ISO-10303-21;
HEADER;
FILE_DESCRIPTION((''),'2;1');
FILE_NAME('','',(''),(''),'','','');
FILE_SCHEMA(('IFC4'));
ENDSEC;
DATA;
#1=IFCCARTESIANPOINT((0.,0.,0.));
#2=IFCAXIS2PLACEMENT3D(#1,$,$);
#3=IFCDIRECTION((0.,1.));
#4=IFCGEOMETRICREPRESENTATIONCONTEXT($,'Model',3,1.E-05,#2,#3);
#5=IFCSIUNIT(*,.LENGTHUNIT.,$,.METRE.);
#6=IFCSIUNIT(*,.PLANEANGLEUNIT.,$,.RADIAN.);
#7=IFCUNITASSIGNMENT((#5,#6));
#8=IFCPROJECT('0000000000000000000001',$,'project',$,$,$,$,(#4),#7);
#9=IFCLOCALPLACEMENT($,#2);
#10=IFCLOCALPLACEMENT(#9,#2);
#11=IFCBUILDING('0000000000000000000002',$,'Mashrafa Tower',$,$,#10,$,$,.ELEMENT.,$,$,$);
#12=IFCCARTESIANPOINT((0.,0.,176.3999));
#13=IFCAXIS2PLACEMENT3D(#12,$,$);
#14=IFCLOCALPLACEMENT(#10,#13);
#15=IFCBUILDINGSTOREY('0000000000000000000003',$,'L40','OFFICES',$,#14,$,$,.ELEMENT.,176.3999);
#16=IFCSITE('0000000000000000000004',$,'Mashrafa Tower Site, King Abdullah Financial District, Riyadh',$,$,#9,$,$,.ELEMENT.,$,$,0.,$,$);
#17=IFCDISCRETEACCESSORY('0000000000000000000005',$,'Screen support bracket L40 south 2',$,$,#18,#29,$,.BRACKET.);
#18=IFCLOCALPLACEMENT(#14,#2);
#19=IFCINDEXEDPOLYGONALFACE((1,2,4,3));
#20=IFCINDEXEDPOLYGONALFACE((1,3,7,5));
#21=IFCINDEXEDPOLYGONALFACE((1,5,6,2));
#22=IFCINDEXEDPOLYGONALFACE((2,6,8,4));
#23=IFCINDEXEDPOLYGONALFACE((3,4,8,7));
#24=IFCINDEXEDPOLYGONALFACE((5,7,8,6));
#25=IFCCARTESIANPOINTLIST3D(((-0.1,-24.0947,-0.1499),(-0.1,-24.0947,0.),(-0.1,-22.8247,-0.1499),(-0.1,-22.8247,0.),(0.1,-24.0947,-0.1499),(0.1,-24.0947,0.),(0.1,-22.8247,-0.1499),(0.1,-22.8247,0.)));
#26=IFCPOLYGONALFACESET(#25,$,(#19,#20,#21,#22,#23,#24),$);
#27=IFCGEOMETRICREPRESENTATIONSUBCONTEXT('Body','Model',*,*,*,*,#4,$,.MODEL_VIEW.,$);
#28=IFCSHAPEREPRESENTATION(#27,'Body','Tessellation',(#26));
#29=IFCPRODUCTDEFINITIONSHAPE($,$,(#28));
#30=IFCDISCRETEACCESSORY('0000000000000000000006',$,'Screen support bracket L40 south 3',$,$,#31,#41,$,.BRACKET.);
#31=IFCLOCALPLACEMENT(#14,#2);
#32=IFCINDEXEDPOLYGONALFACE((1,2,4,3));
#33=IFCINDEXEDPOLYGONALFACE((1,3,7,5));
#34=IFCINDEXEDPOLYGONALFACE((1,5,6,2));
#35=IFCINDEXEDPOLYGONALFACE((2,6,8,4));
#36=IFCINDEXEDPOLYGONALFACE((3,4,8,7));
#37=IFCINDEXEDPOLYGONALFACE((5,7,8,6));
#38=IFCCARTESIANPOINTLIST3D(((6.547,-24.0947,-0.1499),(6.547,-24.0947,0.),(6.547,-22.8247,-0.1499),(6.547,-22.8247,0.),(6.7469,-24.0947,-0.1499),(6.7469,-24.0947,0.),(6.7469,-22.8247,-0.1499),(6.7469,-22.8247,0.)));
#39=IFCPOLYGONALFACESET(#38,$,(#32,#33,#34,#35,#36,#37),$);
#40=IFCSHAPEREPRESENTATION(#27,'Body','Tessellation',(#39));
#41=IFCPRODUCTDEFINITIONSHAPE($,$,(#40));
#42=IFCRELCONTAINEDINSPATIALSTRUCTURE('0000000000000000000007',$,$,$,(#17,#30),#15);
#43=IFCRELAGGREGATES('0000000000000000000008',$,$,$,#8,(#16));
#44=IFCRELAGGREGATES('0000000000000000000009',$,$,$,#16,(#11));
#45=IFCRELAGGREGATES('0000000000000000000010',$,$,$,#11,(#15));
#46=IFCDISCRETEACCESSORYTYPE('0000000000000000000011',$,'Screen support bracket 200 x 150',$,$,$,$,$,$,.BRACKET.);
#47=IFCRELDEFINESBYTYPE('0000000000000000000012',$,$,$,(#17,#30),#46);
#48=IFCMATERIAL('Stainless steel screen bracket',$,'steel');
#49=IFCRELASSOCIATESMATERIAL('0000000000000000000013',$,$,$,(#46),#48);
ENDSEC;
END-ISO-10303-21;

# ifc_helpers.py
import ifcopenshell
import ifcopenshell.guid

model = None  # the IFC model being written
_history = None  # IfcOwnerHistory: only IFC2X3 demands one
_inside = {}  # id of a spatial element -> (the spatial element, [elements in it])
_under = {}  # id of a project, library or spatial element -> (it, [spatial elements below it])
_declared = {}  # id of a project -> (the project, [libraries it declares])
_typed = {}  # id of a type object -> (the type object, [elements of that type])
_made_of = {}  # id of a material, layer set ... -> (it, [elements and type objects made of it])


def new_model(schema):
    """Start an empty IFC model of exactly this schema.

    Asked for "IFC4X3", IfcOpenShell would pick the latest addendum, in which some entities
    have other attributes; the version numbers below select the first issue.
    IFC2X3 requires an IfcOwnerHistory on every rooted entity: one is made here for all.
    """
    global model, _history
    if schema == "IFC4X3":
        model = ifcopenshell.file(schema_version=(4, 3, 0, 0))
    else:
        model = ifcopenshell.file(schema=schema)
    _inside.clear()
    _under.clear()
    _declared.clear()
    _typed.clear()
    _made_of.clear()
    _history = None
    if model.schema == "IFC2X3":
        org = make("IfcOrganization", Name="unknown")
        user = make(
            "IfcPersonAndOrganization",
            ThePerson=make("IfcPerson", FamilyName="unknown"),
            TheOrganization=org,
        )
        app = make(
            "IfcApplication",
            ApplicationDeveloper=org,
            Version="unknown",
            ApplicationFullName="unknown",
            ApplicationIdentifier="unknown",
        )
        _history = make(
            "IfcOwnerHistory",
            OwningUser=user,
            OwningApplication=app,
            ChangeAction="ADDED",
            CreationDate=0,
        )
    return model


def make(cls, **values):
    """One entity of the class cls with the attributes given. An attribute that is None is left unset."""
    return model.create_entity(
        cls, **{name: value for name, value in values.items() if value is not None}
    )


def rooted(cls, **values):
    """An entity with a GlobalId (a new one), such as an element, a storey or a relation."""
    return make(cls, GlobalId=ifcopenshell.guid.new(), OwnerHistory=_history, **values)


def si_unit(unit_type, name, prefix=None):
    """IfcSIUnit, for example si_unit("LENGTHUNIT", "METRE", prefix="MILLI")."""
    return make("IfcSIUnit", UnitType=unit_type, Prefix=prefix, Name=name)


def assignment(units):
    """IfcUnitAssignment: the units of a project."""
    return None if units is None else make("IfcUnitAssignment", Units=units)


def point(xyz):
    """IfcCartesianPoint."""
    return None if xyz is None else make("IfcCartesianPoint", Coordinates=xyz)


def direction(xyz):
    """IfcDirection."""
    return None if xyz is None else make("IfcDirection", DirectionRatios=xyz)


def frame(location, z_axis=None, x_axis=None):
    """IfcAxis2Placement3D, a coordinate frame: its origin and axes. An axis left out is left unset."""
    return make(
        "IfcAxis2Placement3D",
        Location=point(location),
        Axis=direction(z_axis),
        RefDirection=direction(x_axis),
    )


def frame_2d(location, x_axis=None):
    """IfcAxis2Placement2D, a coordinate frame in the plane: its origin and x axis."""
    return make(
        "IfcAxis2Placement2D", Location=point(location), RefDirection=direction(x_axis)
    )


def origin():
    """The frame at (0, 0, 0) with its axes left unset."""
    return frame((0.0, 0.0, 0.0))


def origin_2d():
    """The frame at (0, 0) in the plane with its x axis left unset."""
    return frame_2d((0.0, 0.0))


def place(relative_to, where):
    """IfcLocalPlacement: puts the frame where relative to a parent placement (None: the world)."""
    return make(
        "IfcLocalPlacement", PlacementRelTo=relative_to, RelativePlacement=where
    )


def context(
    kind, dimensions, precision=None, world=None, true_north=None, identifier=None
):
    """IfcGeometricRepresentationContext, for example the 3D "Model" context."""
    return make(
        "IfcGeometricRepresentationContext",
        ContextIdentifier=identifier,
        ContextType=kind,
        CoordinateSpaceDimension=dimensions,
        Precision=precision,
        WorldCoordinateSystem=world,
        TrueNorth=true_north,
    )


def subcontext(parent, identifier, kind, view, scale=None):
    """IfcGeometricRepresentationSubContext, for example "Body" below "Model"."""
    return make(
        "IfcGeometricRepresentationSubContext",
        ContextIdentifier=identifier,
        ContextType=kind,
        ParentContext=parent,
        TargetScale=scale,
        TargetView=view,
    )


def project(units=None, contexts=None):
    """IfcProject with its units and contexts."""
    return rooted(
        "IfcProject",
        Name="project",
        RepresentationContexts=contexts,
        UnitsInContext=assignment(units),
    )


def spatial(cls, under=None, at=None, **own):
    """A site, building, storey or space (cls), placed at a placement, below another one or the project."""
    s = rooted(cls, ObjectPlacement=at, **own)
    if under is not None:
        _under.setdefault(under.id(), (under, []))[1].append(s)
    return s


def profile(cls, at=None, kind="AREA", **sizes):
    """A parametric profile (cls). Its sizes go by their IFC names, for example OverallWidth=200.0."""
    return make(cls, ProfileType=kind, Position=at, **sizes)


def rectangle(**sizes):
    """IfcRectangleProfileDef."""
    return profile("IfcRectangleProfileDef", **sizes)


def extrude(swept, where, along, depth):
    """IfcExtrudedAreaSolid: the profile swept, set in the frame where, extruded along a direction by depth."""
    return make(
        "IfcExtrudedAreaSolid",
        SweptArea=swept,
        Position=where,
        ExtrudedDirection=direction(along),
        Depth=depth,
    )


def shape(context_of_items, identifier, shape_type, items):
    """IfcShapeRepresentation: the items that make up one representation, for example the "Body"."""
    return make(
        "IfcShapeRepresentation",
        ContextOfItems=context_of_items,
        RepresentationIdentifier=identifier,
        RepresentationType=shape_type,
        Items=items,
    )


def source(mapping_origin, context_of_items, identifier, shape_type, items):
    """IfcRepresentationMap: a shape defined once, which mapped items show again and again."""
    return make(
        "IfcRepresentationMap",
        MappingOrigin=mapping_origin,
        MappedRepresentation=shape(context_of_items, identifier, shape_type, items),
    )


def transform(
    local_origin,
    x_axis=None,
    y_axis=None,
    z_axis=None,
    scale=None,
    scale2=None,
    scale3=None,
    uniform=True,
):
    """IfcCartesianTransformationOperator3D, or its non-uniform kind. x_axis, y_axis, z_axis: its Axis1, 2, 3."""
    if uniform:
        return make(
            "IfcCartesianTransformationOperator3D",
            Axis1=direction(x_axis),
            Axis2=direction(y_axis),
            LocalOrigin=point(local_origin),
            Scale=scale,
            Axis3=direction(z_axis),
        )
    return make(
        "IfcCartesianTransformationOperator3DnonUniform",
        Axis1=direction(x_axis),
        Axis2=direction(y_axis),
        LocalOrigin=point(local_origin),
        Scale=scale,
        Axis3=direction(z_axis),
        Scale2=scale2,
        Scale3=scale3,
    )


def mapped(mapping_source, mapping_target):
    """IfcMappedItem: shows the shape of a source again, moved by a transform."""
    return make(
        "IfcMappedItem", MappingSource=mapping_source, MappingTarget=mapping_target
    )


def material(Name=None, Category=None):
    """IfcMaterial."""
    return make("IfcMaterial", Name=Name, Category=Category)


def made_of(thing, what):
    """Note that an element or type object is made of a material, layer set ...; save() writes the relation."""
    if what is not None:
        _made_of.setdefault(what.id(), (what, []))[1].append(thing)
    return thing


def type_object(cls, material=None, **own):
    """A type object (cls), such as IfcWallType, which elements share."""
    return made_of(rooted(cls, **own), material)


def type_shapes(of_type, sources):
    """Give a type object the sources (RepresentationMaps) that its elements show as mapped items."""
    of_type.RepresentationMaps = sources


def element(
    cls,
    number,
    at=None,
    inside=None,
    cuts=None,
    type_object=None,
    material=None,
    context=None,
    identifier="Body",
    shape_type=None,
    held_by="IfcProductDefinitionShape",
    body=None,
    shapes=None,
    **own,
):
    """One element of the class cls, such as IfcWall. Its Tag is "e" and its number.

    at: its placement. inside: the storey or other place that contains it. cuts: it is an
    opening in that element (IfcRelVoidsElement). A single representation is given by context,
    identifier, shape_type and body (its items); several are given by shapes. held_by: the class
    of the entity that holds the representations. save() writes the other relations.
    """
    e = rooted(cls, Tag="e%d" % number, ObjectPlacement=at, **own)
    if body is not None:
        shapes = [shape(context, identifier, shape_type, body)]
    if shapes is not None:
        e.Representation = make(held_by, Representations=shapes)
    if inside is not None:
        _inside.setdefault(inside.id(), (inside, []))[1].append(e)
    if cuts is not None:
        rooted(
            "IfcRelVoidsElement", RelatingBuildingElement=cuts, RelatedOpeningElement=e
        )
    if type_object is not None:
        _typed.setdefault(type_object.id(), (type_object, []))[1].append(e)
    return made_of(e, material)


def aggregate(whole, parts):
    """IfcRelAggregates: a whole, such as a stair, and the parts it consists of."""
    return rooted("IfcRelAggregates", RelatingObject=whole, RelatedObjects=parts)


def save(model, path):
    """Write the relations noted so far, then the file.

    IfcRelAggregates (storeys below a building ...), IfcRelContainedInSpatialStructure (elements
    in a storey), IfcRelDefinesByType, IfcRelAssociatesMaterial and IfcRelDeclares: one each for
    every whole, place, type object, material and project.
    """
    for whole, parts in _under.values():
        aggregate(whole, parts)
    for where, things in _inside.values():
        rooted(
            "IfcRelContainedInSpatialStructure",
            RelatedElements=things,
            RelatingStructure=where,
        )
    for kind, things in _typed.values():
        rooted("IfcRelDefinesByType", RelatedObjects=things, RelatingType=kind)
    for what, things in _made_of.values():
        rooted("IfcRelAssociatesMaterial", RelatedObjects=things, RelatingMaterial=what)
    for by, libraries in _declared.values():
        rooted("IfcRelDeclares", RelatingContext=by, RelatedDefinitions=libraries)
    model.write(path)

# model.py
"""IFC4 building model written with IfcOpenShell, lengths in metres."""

from ifc_helpers import new_model, si_unit, direction, frame, origin, origin_2d, place, context, subcontext, project, spatial, rectangle, extrude, source, transform, mapped, material, type_object, type_shapes, element, save


model = new_model("IFC4")

# Units and contexts
model_context = context("Model", 3, precision=1e-05, world=origin(), true_north=direction((0.0, 1.0)))
body_context = subcontext(model_context, "Body", "Model", "MODEL_VIEW")
ifc_project = project(units=[si_unit("LENGTHUNIT", "METRE"), si_unit("PLANEANGLEUNIT", "RADIAN")], contexts=[model_context])

# Site, building, storey
site_placement = place(None, origin())
site = spatial("IfcSite", under=ifc_project, at=site_placement, Name="Mashrafa Tower Site, King Abdullah Financial District, Riyadh", CompositionType="ELEMENT", RefElevation=0.0)
building_placement = place(site_placement, origin())
building = spatial("IfcBuilding", under=site, at=building_placement, Name="Mashrafa Tower", CompositionType="ELEMENT")
storey_placement = place(building_placement, frame((0.0, 0.0, 176.3999)))
storey = spatial("IfcBuildingStorey", under=building, at=storey_placement, Name="L40", Description="OFFICES", CompositionType="ELEMENT", Elevation=176.3999)

# Discrete accessories
ifc_material_1 = material(Name="Stainless steel screen bracket", Category="steel")
discrete_accessory_type = type_object("IfcDiscreteAccessoryType", Name="Screen support bracket 200 x 150", PredefinedType="BRACKET", material=ifc_material_1)
shared_shape_1 = source(origin(), body_context, "Body", "SweptSolid", [
    extrude(rectangle(XDim=0.2, YDim=1.27, at=origin_2d()), origin(), (0.0, 0.0, 1.0), 0.1499),
])
type_shapes(discrete_accessory_type, [shared_shape_1])
for number, where, z_axis, x_axis, name in (
    (1, (0.0, -23.4597, -0.1499), (0.0, 0.0, 1.0), (1.0, 0.0, 0.0), "Screen support bracket L40 south 2"),
    (2, (6.647, -23.4597, -0.1499), (0.0, 0.0, 1.0), (1.0, 0.0, 0.0), "Screen support bracket L40 south 3"),
):
    element("IfcDiscreteAccessory", number, at=place(storey_placement, frame(where, z_axis=z_axis, x_axis=x_axis)), inside=storey, type_object=discrete_accessory_type, Name=name, PredefinedType="BRACKET", context=body_context, shape_type="MappedRepresentation", body=[
        mapped(shared_shape_1, transform((0.0, 0.0, 0.0))),
    ])

save(model, "model.ifc")
